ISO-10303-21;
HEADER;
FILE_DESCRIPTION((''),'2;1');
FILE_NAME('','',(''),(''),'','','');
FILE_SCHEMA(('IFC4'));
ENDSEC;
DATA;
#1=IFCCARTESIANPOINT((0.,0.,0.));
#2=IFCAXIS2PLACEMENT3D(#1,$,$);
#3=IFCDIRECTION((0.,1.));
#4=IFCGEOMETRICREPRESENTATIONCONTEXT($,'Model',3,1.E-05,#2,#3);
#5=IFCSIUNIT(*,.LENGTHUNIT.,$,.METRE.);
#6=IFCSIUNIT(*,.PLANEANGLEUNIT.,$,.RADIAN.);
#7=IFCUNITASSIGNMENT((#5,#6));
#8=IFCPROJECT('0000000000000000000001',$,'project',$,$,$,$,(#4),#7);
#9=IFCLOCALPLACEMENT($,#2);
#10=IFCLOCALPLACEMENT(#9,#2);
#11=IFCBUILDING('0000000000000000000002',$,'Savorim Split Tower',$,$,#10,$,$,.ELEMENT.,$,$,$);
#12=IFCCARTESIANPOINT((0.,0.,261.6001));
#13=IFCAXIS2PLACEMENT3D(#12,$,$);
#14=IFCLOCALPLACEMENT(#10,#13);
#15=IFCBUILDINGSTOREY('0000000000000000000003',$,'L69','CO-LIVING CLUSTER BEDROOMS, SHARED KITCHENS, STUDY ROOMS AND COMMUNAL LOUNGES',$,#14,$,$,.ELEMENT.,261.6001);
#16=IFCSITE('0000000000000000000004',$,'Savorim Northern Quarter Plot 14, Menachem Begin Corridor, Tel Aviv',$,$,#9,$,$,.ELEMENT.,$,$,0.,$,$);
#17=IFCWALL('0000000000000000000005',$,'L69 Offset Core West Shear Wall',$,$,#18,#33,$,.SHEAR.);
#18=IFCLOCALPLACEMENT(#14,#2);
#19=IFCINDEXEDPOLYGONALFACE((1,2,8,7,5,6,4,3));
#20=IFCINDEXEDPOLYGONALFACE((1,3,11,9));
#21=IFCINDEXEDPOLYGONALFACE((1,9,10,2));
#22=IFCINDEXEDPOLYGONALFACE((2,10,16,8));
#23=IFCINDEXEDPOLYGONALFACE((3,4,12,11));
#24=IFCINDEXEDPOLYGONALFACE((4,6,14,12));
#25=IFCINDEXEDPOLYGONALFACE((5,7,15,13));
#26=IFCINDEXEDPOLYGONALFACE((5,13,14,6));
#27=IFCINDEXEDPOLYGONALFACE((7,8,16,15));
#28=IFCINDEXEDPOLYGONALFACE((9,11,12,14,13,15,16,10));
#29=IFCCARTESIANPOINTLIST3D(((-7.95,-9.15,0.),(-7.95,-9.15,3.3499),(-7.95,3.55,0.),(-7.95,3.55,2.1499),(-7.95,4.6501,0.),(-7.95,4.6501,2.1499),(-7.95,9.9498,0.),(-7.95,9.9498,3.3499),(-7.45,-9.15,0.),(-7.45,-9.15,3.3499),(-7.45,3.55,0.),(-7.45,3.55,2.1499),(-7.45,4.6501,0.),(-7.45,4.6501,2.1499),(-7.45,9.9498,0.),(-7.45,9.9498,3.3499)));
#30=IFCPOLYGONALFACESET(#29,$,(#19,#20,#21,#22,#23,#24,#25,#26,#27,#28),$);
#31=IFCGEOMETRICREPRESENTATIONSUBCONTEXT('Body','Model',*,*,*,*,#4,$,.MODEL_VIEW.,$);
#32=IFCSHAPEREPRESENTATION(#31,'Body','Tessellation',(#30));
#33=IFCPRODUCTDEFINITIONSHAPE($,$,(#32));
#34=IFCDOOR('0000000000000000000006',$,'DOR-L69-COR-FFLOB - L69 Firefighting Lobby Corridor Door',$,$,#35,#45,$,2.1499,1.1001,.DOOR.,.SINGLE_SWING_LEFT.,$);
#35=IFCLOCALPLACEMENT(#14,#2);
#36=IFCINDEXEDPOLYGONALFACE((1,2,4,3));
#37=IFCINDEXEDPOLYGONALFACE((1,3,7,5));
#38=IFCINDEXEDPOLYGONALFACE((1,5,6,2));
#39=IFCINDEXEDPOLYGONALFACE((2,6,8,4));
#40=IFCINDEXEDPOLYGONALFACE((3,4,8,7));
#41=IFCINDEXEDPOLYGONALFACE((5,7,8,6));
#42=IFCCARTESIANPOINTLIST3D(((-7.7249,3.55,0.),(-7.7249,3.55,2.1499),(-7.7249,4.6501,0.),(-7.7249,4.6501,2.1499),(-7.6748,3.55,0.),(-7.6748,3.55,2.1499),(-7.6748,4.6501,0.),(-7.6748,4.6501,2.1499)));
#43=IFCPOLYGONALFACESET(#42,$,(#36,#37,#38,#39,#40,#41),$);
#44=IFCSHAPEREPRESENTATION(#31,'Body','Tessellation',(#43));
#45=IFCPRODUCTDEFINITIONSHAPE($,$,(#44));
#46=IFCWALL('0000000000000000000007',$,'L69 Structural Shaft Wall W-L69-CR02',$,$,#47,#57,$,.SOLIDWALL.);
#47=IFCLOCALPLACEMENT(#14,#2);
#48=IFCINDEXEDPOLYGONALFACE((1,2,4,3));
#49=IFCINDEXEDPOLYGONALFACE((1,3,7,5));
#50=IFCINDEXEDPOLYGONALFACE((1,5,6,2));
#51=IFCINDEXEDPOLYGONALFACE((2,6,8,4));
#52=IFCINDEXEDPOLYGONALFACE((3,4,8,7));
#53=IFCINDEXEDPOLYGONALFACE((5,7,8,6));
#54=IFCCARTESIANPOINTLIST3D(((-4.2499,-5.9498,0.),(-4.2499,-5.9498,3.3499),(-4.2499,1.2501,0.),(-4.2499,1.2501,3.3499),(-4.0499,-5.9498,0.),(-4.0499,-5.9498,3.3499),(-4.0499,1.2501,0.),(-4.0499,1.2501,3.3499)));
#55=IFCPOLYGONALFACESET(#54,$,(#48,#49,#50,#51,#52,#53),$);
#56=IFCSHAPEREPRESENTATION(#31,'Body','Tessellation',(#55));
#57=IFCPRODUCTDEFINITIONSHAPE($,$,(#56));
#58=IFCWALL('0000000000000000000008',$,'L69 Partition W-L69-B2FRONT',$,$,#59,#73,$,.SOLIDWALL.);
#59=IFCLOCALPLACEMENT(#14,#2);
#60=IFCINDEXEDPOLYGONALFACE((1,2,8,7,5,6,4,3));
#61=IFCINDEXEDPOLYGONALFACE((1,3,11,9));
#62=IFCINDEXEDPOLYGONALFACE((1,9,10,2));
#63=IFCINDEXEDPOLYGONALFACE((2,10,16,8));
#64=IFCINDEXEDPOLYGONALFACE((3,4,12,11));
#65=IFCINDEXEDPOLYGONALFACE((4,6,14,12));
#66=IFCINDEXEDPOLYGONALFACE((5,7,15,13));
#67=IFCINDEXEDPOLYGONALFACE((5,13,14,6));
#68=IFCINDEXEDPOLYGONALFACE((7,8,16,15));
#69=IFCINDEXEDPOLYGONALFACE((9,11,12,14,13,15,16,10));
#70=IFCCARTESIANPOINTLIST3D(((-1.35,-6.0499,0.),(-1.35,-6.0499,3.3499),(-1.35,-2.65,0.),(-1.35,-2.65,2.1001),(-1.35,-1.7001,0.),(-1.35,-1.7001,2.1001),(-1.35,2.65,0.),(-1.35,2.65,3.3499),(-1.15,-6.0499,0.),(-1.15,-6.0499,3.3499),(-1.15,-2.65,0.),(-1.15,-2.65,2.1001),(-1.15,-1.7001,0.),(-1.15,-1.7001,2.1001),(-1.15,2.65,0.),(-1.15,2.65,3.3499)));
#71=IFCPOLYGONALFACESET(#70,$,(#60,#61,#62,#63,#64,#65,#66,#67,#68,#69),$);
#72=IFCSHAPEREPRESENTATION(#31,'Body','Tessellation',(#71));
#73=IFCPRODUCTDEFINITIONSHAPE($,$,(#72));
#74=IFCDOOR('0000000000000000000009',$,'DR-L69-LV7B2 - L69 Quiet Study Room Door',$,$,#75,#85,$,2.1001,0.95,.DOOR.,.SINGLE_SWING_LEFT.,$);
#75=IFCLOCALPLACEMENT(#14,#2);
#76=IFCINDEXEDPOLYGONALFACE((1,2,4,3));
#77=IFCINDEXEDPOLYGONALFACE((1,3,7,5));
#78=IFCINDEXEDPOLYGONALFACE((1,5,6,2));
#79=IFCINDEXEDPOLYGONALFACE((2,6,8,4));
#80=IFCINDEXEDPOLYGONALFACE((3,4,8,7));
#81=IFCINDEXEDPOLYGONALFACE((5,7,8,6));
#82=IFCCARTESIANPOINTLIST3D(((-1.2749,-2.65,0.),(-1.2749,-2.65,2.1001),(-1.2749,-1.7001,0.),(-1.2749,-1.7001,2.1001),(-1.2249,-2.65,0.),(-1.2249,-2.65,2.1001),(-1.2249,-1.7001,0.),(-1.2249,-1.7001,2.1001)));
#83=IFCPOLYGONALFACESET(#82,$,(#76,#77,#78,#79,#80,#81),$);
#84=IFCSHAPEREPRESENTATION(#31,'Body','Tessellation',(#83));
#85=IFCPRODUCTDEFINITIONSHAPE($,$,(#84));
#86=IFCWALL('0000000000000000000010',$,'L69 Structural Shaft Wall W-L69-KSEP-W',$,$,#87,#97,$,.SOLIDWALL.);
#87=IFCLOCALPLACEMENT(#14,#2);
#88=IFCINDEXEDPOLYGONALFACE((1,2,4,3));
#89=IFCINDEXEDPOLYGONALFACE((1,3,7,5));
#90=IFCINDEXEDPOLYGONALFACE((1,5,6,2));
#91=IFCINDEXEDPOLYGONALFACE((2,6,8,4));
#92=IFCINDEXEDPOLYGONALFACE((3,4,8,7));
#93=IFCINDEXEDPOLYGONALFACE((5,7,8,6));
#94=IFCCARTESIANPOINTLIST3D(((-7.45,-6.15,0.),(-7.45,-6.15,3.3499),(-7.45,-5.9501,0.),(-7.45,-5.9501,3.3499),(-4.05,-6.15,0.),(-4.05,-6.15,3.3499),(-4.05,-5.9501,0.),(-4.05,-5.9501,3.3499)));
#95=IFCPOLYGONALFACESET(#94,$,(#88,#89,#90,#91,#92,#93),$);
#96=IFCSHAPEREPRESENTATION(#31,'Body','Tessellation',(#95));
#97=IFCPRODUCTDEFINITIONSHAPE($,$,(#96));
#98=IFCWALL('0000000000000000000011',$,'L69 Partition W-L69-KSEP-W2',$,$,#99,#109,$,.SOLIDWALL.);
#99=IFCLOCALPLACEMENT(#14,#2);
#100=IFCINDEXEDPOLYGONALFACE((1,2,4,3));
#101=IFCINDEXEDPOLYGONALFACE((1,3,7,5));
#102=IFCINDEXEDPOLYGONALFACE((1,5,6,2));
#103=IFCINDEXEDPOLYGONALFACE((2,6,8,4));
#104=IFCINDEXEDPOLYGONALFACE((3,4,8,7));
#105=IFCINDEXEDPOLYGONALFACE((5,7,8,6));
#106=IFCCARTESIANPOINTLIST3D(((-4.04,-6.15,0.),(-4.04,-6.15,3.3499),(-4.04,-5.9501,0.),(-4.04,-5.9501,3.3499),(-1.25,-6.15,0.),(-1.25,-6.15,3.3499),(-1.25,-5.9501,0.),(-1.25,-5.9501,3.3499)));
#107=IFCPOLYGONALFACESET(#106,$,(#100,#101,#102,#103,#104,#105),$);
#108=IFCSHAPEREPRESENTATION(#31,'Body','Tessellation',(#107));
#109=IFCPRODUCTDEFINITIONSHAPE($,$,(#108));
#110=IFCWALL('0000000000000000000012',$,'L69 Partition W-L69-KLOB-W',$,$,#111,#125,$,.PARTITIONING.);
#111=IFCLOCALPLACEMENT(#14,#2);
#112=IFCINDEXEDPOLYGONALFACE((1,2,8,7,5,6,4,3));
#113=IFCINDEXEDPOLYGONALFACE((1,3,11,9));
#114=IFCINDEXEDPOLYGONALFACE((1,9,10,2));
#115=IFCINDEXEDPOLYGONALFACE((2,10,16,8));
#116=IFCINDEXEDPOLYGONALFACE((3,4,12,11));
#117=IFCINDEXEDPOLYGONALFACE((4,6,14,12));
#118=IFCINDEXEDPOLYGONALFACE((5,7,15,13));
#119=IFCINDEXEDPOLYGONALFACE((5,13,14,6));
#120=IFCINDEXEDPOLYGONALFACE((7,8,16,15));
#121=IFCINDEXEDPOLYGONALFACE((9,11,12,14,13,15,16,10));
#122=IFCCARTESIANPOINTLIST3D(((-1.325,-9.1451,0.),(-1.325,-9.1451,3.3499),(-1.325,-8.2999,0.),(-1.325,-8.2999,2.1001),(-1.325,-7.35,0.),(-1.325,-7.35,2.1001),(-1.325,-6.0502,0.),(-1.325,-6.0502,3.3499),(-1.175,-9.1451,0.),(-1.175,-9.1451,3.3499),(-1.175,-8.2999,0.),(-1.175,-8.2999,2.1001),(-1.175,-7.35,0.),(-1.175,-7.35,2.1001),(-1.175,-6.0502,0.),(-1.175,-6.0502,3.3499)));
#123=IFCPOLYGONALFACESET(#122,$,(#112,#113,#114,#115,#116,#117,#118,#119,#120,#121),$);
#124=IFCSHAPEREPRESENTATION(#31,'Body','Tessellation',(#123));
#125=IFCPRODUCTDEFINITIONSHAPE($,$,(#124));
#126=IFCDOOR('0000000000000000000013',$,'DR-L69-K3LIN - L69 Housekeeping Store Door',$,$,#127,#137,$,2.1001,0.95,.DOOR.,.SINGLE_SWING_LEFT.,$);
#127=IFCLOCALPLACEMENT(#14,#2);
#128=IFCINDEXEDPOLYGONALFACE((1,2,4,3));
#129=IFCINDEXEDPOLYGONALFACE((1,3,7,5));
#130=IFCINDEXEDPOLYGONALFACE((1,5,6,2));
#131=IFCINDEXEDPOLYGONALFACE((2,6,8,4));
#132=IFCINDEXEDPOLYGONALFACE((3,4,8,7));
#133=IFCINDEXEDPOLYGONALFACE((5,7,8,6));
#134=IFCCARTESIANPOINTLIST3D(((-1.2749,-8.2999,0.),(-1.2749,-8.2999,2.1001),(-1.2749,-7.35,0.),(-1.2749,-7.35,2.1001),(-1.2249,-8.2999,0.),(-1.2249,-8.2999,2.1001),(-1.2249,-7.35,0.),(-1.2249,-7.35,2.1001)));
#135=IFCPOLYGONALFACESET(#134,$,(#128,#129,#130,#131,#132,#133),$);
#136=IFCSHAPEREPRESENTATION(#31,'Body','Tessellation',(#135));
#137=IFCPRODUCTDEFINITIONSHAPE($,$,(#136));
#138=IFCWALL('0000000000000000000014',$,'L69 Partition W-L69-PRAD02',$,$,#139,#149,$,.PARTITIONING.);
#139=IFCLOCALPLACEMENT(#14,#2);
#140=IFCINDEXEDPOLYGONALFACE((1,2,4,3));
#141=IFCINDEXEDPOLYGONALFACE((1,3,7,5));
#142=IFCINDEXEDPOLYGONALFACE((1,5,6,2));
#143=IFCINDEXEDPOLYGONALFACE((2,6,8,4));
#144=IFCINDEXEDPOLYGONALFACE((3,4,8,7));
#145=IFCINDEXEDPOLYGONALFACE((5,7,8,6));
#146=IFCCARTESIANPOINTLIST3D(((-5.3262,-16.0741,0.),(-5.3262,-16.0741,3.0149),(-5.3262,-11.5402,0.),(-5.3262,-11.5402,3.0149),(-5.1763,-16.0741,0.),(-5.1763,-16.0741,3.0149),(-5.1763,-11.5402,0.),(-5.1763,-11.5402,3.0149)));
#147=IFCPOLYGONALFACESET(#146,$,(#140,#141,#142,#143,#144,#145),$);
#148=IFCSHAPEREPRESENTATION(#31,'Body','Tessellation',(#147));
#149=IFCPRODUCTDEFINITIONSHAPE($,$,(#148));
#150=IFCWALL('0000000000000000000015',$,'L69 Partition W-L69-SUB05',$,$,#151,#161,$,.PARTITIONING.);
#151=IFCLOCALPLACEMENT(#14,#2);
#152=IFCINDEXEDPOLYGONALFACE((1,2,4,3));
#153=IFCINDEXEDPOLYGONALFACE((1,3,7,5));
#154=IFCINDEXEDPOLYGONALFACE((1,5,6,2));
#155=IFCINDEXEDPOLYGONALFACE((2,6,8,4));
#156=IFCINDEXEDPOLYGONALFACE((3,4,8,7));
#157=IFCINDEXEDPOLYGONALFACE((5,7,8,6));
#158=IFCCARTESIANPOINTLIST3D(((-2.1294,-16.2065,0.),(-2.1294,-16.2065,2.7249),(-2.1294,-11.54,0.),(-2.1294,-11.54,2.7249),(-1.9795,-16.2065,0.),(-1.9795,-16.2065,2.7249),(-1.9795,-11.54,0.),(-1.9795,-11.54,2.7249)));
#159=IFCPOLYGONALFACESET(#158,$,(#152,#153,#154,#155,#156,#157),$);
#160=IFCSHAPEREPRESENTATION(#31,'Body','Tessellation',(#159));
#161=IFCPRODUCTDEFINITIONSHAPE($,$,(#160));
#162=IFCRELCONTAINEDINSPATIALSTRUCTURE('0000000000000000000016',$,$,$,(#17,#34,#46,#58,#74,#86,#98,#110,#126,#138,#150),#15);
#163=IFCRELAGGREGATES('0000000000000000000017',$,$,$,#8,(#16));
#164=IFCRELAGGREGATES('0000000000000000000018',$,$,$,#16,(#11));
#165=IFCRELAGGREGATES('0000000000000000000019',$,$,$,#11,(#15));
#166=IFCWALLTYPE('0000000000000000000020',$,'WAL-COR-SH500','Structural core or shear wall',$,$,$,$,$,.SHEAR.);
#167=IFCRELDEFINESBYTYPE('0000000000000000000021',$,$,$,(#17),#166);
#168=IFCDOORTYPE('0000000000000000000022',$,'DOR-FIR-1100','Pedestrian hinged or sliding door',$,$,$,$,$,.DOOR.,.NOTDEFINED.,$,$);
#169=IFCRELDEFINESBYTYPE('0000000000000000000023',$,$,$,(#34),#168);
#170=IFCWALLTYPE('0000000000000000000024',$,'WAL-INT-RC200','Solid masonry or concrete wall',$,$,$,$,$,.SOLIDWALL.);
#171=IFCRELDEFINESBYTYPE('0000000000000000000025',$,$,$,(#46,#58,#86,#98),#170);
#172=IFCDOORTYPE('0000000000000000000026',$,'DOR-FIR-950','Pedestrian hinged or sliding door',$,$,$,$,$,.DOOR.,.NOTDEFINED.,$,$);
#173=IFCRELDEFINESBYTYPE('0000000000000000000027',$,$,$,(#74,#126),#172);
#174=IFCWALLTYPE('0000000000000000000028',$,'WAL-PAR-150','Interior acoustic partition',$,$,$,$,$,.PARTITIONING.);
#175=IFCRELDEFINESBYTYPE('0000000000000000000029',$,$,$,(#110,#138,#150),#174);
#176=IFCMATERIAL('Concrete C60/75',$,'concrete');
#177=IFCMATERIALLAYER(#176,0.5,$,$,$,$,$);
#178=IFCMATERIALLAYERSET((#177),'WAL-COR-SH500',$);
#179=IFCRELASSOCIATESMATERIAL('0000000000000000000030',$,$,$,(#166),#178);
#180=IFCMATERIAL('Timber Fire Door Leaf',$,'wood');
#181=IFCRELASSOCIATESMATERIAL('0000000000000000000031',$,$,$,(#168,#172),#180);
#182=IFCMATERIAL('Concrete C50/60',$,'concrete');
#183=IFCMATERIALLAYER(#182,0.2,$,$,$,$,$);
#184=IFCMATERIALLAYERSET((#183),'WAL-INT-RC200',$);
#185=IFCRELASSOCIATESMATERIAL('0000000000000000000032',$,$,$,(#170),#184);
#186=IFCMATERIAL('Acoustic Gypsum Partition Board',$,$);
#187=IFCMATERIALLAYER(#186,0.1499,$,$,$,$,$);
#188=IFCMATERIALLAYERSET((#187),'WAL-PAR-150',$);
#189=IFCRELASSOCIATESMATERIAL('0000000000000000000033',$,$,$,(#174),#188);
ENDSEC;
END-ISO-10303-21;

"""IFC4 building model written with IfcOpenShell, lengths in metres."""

from ifc_helpers import new_model, si_unit, direction, frame, frame_2d, origin, place, context, subcontext, project, spatial, rectangle, extrude, material, layer, layer_set, type_object, element, fill, save


model = new_model("IFC4")

# Units and contexts
model_context = context("Model", 3, precision=1e-05, world=origin(), true_north=direction((0.0, 1.0)))
body_context = subcontext(model_context, "Body", "Model", "MODEL_VIEW")
ifc_project = project(units=[si_unit("LENGTHUNIT", "METRE"), si_unit("PLANEANGLEUNIT", "RADIAN")], contexts=[model_context])

# Site, building, storey
site_placement = place(None, origin())
site = spatial("IfcSite", under=ifc_project, at=site_placement, Name="Savorim Northern Quarter Plot 14, Menachem Begin Corridor, Tel Aviv", CompositionType="ELEMENT", RefElevation=0.0)
building_placement = place(site_placement, origin())
building = spatial("IfcBuilding", under=site, at=building_placement, Name="Savorim Split Tower", CompositionType="ELEMENT")
storey_placement = place(building_placement, frame((0.0, 0.0, 261.6001)))
storey = spatial("IfcBuildingStorey", under=building, at=storey_placement, Name="L69", Description="CO-LIVING CLUSTER BEDROOMS, SHARED KITCHENS, STUDY ROOMS AND COMMUNAL LOUNGES", CompositionType="ELEMENT", Elevation=261.6001)

# Wall, opening, door
ifc_material_1 = material(Name="Concrete C60/75", Category="concrete")
ifc_layer_1 = layer(ifc_material_1, 0.5)
ifc_layer_set_1 = layer_set([ifc_layer_1], Name="WAL-COR-SH500")
wall_type_1 = type_object("IfcWallType", Name="WAL-COR-SH500", Description="Structural core or shear wall", PredefinedType="SHEAR", material=ifc_layer_set_1)
ifc_material_2 = material(Name="Timber Fire Door Leaf", Category="wood")
wall_1_placement = place(storey_placement, frame((-7.7, -9.1499, 0.0), z_axis=(0.0, 0.0, 1.0), x_axis=(0.0, 1.0, 0.0)))
wall_1 = element("IfcWall", 1, at=wall_1_placement, inside=storey, type_object=wall_type_1, Name="L69 Offset Core West Shear Wall", PredefinedType="SHEAR", context=body_context, shape_type="SweptSolid", body=[
    extrude(rectangle(XDim=19.0999, YDim=0.5, at=frame_2d((9.5498, 0.0))), origin(), (0.0, 0.0, 1.0), 3.3499),
])
opening_1_placement = place(wall_1_placement, frame((12.7, 0.0, 0.0)))
opening_1 = element("IfcOpeningElement", 2, at=opening_1_placement, cuts=wall_1, PredefinedType="OPENING", context=body_context, shape_type="SweptSolid", body=[
    extrude(rectangle(XDim=1.1001, YDim=2.1499, at=frame_2d((0.55, 1.075))), frame((0.0, 0.26, 0.0), z_axis=(0.0, -1.0, 0.0), x_axis=(1.0, 0.0, 0.0)), (0.0, 0.0, 1.0), 0.52),
])
door_type_1 = type_object("IfcDoorType", Name="DOR-FIR-1100", Description="Pedestrian hinged or sliding door", OperationType="NOTDEFINED", PredefinedType="DOOR", material=ifc_material_2)
door_1_placement = place(opening_1_placement, origin())
door_1 = element("IfcDoor", 3, at=door_1_placement, inside=storey, type_object=door_type_1, Name="DOR-L69-COR-FFLOB - L69 Firefighting Lobby Corridor Door", OperationType="SINGLE_SWING_LEFT", OverallHeight=2.1499, OverallWidth=1.1001, PredefinedType="DOOR", context=body_context, shape_type="SweptSolid", body=[
    extrude(rectangle(XDim=1.1001, YDim=2.1499, at=frame_2d((0.55, 1.075))), frame((0.0, 0.0249, 0.0), z_axis=(0.0, -1.0, 0.0), x_axis=(1.0, 0.0, 0.0)), (0.0, 0.0, 1.0), 0.05),
])
fill(opening_1, door_1)

# Wall
ifc_material_3 = material(Name="Concrete C50/60", Category="concrete")
ifc_layer_2 = layer(ifc_material_3, 0.2)
ifc_layer_set_2 = layer_set([ifc_layer_2], Name="WAL-INT-RC200")
wall_type_2 = type_object("IfcWallType", Name="WAL-INT-RC200", Description="Solid masonry or concrete wall", PredefinedType="SOLIDWALL", material=ifc_layer_set_2)
wall_2_placement = place(storey_placement, frame((-4.1499, -5.95, 0.0), z_axis=(0.0, 0.0, 1.0), x_axis=(0.0, 1.0, 0.0)))
element("IfcWall", 4, at=wall_2_placement, inside=storey, type_object=wall_type_2, Name="L69 Structural Shaft Wall W-L69-CR02", PredefinedType="SOLIDWALL", context=body_context, shape_type="SweptSolid", body=[
    extrude(rectangle(XDim=7.2, YDim=0.2, at=frame_2d((3.6001, 0.0))), origin(), (0.0, 0.0, 1.0), 3.3499),
])

# Wall, opening, door
wall_3_placement = place(storey_placement, frame((-1.25, -6.05, 0.0), z_axis=(0.0, 0.0, 1.0), x_axis=(0.0, 1.0, 0.0)))
wall_3 = element("IfcWall", 5, at=wall_3_placement, inside=storey, type_object=wall_type_2, Name="L69 Partition W-L69-B2FRONT", PredefinedType="SOLIDWALL", context=body_context, shape_type="SweptSolid", body=[
    extrude(rectangle(XDim=8.7, YDim=0.2, at=frame_2d((4.3501, 0.0))), origin(), (0.0, 0.0, 1.0), 3.3499),
])
opening_2_placement = place(wall_3_placement, frame((3.3999, 0.0, 0.0)))
opening_2 = element("IfcOpeningElement", 6, at=opening_2_placement, cuts=wall_3, PredefinedType="OPENING", context=body_context, shape_type="SweptSolid", body=[
    extrude(rectangle(XDim=0.95, YDim=2.1001, at=frame_2d((0.4751, 1.05))), frame((0.0, 0.1099, 0.0), z_axis=(0.0, -1.0, 0.0), x_axis=(1.0, 0.0, 0.0)), (0.0, 0.0, 1.0), 0.22),
])
door_type_2 = type_object("IfcDoorType", Name="DOR-FIR-950", Description="Pedestrian hinged or sliding door", OperationType="NOTDEFINED", PredefinedType="DOOR", material=ifc_material_2)
door_2_placement = place(opening_2_placement, origin())
door_2 = element("IfcDoor", 7, at=door_2_placement, inside=storey, type_object=door_type_2, Name="DR-L69-LV7B2 - L69 Quiet Study Room Door", OperationType="SINGLE_SWING_LEFT", OverallHeight=2.1001, OverallWidth=0.95, PredefinedType="DOOR", context=body_context, shape_type="SweptSolid", body=[
    extrude(rectangle(XDim=0.95, YDim=2.1001, at=frame_2d((0.4751, 1.05))), frame((0.0, 0.0249, 0.0), z_axis=(0.0, -1.0, 0.0), x_axis=(1.0, 0.0, 0.0)), (0.0, 0.0, 1.0), 0.05),
])
fill(opening_2, door_2)

# Walls
wall_4_placement = place(storey_placement, frame((-7.45, -6.05, 0.0), z_axis=(0.0, 0.0, 1.0), x_axis=(1.0, 0.0, 0.0)))
element("IfcWall", 8, at=wall_4_placement, inside=storey, type_object=wall_type_2, Name="L69 Structural Shaft Wall W-L69-KSEP-W", PredefinedType="SOLIDWALL", context=body_context, shape_type="SweptSolid", body=[
    extrude(rectangle(XDim=3.3999, YDim=0.2, at=frame_2d((1.7, 0.0))), origin(), (0.0, 0.0, 1.0), 3.3499),
])
wall_5_placement = place(storey_placement, frame((-4.04, -6.05, 0.0), z_axis=(0.0, 0.0, 1.0), x_axis=(1.0, 0.0, 0.0)))
element("IfcWall", 9, at=wall_5_placement, inside=storey, type_object=wall_type_2, Name="L69 Partition W-L69-KSEP-W2", PredefinedType="SOLIDWALL", context=body_context, shape_type="SweptSolid", body=[
    extrude(rectangle(XDim=2.79, YDim=0.2, at=frame_2d((1.395, 0.0))), origin(), (0.0, 0.0, 1.0), 3.3499),
])

# Wall, opening, door
ifc_material_4 = material(Name="Acoustic Gypsum Partition Board")
ifc_layer_3 = layer(ifc_material_4, 0.1499)
ifc_layer_set_3 = layer_set([ifc_layer_3], Name="WAL-PAR-150")
wall_type_3 = type_object("IfcWallType", Name="WAL-PAR-150", Description="Interior acoustic partition", PredefinedType="PARTITIONING", material=ifc_layer_set_3)
wall_6_placement = place(storey_placement, frame((-1.25, -9.145, 0.0), z_axis=(0.0, 0.0, 1.0), x_axis=(0.0, 1.0, 0.0)))
wall_6 = element("IfcWall", 10, at=wall_6_placement, inside=storey, type_object=wall_type_3, Name="L69 Partition W-L69-KLOB-W", PredefinedType="PARTITIONING", context=body_context, shape_type="SweptSolid", body=[
    extrude(rectangle(XDim=3.095, YDim=0.1499, at=frame_2d((1.5474, 0.0))), origin(), (0.0, 0.0, 1.0), 3.3499),
])
opening_3_placement = place(wall_6_placement, frame((0.845, 0.0, 0.0)))
opening_3 = element("IfcOpeningElement", 11, at=opening_3_placement, cuts=wall_6, PredefinedType="OPENING", context=body_context, shape_type="SweptSolid", body=[
    extrude(rectangle(XDim=0.95, YDim=2.1001, at=frame_2d((0.4751, 1.05))), frame((0.0, 0.085, 0.0), z_axis=(0.0, -1.0, 0.0), x_axis=(1.0, 0.0, 0.0)), (0.0, 0.0, 1.0), 0.1699),
])
door_3_placement = place(opening_3_placement, origin())
door_3 = element("IfcDoor", 12, at=door_3_placement, inside=storey, type_object=door_type_2, Name="DR-L69-K3LIN - L69 Housekeeping Store Door", OperationType="SINGLE_SWING_LEFT", OverallHeight=2.1001, OverallWidth=0.95, PredefinedType="DOOR", context=body_context, shape_type="SweptSolid", body=[
    extrude(rectangle(XDim=0.95, YDim=2.1001, at=frame_2d((0.4751, 1.05))), frame((0.0, 0.0249, 0.0), z_axis=(0.0, -1.0, 0.0), x_axis=(1.0, 0.0, 0.0)), (0.0, 0.0, 1.0), 0.05),
])
fill(opening_3, door_3)

# Walls
wall_7_placement = place(storey_placement, frame((-5.2512, -11.54, 0.0), z_axis=(0.0, 0.0, 1.0), x_axis=(0.0, -1.0, 0.0)))
element("IfcWall", 13, at=wall_7_placement, inside=storey, type_object=wall_type_3, Name="L69 Partition W-L69-PRAD02", PredefinedType="PARTITIONING", context=body_context, shape_type="SweptSolid", body=[
    extrude(rectangle(XDim=4.5339, YDim=0.1499, at=frame_2d((2.2671, 0.0))), origin(), (0.0, 0.0, 1.0), 3.0149),
])
wall_8_placement = place(storey_placement, frame((-2.0544, -11.54, 0.0), z_axis=(0.0, 0.0, 1.0), x_axis=(0.0, -1.0, 0.0)))
element("IfcWall", 14, at=wall_8_placement, inside=storey, type_object=wall_type_3, Name="L69 Partition W-L69-SUB05", PredefinedType="PARTITIONING", context=body_context, shape_type="SweptSolid", body=[
    extrude(rectangle(XDim=4.6665, YDim=0.1499, at=frame_2d((2.3333, 0.0))), origin(), (0.0, 0.0, 1.0), 2.7249),
])

save(model, "model.ifc")
